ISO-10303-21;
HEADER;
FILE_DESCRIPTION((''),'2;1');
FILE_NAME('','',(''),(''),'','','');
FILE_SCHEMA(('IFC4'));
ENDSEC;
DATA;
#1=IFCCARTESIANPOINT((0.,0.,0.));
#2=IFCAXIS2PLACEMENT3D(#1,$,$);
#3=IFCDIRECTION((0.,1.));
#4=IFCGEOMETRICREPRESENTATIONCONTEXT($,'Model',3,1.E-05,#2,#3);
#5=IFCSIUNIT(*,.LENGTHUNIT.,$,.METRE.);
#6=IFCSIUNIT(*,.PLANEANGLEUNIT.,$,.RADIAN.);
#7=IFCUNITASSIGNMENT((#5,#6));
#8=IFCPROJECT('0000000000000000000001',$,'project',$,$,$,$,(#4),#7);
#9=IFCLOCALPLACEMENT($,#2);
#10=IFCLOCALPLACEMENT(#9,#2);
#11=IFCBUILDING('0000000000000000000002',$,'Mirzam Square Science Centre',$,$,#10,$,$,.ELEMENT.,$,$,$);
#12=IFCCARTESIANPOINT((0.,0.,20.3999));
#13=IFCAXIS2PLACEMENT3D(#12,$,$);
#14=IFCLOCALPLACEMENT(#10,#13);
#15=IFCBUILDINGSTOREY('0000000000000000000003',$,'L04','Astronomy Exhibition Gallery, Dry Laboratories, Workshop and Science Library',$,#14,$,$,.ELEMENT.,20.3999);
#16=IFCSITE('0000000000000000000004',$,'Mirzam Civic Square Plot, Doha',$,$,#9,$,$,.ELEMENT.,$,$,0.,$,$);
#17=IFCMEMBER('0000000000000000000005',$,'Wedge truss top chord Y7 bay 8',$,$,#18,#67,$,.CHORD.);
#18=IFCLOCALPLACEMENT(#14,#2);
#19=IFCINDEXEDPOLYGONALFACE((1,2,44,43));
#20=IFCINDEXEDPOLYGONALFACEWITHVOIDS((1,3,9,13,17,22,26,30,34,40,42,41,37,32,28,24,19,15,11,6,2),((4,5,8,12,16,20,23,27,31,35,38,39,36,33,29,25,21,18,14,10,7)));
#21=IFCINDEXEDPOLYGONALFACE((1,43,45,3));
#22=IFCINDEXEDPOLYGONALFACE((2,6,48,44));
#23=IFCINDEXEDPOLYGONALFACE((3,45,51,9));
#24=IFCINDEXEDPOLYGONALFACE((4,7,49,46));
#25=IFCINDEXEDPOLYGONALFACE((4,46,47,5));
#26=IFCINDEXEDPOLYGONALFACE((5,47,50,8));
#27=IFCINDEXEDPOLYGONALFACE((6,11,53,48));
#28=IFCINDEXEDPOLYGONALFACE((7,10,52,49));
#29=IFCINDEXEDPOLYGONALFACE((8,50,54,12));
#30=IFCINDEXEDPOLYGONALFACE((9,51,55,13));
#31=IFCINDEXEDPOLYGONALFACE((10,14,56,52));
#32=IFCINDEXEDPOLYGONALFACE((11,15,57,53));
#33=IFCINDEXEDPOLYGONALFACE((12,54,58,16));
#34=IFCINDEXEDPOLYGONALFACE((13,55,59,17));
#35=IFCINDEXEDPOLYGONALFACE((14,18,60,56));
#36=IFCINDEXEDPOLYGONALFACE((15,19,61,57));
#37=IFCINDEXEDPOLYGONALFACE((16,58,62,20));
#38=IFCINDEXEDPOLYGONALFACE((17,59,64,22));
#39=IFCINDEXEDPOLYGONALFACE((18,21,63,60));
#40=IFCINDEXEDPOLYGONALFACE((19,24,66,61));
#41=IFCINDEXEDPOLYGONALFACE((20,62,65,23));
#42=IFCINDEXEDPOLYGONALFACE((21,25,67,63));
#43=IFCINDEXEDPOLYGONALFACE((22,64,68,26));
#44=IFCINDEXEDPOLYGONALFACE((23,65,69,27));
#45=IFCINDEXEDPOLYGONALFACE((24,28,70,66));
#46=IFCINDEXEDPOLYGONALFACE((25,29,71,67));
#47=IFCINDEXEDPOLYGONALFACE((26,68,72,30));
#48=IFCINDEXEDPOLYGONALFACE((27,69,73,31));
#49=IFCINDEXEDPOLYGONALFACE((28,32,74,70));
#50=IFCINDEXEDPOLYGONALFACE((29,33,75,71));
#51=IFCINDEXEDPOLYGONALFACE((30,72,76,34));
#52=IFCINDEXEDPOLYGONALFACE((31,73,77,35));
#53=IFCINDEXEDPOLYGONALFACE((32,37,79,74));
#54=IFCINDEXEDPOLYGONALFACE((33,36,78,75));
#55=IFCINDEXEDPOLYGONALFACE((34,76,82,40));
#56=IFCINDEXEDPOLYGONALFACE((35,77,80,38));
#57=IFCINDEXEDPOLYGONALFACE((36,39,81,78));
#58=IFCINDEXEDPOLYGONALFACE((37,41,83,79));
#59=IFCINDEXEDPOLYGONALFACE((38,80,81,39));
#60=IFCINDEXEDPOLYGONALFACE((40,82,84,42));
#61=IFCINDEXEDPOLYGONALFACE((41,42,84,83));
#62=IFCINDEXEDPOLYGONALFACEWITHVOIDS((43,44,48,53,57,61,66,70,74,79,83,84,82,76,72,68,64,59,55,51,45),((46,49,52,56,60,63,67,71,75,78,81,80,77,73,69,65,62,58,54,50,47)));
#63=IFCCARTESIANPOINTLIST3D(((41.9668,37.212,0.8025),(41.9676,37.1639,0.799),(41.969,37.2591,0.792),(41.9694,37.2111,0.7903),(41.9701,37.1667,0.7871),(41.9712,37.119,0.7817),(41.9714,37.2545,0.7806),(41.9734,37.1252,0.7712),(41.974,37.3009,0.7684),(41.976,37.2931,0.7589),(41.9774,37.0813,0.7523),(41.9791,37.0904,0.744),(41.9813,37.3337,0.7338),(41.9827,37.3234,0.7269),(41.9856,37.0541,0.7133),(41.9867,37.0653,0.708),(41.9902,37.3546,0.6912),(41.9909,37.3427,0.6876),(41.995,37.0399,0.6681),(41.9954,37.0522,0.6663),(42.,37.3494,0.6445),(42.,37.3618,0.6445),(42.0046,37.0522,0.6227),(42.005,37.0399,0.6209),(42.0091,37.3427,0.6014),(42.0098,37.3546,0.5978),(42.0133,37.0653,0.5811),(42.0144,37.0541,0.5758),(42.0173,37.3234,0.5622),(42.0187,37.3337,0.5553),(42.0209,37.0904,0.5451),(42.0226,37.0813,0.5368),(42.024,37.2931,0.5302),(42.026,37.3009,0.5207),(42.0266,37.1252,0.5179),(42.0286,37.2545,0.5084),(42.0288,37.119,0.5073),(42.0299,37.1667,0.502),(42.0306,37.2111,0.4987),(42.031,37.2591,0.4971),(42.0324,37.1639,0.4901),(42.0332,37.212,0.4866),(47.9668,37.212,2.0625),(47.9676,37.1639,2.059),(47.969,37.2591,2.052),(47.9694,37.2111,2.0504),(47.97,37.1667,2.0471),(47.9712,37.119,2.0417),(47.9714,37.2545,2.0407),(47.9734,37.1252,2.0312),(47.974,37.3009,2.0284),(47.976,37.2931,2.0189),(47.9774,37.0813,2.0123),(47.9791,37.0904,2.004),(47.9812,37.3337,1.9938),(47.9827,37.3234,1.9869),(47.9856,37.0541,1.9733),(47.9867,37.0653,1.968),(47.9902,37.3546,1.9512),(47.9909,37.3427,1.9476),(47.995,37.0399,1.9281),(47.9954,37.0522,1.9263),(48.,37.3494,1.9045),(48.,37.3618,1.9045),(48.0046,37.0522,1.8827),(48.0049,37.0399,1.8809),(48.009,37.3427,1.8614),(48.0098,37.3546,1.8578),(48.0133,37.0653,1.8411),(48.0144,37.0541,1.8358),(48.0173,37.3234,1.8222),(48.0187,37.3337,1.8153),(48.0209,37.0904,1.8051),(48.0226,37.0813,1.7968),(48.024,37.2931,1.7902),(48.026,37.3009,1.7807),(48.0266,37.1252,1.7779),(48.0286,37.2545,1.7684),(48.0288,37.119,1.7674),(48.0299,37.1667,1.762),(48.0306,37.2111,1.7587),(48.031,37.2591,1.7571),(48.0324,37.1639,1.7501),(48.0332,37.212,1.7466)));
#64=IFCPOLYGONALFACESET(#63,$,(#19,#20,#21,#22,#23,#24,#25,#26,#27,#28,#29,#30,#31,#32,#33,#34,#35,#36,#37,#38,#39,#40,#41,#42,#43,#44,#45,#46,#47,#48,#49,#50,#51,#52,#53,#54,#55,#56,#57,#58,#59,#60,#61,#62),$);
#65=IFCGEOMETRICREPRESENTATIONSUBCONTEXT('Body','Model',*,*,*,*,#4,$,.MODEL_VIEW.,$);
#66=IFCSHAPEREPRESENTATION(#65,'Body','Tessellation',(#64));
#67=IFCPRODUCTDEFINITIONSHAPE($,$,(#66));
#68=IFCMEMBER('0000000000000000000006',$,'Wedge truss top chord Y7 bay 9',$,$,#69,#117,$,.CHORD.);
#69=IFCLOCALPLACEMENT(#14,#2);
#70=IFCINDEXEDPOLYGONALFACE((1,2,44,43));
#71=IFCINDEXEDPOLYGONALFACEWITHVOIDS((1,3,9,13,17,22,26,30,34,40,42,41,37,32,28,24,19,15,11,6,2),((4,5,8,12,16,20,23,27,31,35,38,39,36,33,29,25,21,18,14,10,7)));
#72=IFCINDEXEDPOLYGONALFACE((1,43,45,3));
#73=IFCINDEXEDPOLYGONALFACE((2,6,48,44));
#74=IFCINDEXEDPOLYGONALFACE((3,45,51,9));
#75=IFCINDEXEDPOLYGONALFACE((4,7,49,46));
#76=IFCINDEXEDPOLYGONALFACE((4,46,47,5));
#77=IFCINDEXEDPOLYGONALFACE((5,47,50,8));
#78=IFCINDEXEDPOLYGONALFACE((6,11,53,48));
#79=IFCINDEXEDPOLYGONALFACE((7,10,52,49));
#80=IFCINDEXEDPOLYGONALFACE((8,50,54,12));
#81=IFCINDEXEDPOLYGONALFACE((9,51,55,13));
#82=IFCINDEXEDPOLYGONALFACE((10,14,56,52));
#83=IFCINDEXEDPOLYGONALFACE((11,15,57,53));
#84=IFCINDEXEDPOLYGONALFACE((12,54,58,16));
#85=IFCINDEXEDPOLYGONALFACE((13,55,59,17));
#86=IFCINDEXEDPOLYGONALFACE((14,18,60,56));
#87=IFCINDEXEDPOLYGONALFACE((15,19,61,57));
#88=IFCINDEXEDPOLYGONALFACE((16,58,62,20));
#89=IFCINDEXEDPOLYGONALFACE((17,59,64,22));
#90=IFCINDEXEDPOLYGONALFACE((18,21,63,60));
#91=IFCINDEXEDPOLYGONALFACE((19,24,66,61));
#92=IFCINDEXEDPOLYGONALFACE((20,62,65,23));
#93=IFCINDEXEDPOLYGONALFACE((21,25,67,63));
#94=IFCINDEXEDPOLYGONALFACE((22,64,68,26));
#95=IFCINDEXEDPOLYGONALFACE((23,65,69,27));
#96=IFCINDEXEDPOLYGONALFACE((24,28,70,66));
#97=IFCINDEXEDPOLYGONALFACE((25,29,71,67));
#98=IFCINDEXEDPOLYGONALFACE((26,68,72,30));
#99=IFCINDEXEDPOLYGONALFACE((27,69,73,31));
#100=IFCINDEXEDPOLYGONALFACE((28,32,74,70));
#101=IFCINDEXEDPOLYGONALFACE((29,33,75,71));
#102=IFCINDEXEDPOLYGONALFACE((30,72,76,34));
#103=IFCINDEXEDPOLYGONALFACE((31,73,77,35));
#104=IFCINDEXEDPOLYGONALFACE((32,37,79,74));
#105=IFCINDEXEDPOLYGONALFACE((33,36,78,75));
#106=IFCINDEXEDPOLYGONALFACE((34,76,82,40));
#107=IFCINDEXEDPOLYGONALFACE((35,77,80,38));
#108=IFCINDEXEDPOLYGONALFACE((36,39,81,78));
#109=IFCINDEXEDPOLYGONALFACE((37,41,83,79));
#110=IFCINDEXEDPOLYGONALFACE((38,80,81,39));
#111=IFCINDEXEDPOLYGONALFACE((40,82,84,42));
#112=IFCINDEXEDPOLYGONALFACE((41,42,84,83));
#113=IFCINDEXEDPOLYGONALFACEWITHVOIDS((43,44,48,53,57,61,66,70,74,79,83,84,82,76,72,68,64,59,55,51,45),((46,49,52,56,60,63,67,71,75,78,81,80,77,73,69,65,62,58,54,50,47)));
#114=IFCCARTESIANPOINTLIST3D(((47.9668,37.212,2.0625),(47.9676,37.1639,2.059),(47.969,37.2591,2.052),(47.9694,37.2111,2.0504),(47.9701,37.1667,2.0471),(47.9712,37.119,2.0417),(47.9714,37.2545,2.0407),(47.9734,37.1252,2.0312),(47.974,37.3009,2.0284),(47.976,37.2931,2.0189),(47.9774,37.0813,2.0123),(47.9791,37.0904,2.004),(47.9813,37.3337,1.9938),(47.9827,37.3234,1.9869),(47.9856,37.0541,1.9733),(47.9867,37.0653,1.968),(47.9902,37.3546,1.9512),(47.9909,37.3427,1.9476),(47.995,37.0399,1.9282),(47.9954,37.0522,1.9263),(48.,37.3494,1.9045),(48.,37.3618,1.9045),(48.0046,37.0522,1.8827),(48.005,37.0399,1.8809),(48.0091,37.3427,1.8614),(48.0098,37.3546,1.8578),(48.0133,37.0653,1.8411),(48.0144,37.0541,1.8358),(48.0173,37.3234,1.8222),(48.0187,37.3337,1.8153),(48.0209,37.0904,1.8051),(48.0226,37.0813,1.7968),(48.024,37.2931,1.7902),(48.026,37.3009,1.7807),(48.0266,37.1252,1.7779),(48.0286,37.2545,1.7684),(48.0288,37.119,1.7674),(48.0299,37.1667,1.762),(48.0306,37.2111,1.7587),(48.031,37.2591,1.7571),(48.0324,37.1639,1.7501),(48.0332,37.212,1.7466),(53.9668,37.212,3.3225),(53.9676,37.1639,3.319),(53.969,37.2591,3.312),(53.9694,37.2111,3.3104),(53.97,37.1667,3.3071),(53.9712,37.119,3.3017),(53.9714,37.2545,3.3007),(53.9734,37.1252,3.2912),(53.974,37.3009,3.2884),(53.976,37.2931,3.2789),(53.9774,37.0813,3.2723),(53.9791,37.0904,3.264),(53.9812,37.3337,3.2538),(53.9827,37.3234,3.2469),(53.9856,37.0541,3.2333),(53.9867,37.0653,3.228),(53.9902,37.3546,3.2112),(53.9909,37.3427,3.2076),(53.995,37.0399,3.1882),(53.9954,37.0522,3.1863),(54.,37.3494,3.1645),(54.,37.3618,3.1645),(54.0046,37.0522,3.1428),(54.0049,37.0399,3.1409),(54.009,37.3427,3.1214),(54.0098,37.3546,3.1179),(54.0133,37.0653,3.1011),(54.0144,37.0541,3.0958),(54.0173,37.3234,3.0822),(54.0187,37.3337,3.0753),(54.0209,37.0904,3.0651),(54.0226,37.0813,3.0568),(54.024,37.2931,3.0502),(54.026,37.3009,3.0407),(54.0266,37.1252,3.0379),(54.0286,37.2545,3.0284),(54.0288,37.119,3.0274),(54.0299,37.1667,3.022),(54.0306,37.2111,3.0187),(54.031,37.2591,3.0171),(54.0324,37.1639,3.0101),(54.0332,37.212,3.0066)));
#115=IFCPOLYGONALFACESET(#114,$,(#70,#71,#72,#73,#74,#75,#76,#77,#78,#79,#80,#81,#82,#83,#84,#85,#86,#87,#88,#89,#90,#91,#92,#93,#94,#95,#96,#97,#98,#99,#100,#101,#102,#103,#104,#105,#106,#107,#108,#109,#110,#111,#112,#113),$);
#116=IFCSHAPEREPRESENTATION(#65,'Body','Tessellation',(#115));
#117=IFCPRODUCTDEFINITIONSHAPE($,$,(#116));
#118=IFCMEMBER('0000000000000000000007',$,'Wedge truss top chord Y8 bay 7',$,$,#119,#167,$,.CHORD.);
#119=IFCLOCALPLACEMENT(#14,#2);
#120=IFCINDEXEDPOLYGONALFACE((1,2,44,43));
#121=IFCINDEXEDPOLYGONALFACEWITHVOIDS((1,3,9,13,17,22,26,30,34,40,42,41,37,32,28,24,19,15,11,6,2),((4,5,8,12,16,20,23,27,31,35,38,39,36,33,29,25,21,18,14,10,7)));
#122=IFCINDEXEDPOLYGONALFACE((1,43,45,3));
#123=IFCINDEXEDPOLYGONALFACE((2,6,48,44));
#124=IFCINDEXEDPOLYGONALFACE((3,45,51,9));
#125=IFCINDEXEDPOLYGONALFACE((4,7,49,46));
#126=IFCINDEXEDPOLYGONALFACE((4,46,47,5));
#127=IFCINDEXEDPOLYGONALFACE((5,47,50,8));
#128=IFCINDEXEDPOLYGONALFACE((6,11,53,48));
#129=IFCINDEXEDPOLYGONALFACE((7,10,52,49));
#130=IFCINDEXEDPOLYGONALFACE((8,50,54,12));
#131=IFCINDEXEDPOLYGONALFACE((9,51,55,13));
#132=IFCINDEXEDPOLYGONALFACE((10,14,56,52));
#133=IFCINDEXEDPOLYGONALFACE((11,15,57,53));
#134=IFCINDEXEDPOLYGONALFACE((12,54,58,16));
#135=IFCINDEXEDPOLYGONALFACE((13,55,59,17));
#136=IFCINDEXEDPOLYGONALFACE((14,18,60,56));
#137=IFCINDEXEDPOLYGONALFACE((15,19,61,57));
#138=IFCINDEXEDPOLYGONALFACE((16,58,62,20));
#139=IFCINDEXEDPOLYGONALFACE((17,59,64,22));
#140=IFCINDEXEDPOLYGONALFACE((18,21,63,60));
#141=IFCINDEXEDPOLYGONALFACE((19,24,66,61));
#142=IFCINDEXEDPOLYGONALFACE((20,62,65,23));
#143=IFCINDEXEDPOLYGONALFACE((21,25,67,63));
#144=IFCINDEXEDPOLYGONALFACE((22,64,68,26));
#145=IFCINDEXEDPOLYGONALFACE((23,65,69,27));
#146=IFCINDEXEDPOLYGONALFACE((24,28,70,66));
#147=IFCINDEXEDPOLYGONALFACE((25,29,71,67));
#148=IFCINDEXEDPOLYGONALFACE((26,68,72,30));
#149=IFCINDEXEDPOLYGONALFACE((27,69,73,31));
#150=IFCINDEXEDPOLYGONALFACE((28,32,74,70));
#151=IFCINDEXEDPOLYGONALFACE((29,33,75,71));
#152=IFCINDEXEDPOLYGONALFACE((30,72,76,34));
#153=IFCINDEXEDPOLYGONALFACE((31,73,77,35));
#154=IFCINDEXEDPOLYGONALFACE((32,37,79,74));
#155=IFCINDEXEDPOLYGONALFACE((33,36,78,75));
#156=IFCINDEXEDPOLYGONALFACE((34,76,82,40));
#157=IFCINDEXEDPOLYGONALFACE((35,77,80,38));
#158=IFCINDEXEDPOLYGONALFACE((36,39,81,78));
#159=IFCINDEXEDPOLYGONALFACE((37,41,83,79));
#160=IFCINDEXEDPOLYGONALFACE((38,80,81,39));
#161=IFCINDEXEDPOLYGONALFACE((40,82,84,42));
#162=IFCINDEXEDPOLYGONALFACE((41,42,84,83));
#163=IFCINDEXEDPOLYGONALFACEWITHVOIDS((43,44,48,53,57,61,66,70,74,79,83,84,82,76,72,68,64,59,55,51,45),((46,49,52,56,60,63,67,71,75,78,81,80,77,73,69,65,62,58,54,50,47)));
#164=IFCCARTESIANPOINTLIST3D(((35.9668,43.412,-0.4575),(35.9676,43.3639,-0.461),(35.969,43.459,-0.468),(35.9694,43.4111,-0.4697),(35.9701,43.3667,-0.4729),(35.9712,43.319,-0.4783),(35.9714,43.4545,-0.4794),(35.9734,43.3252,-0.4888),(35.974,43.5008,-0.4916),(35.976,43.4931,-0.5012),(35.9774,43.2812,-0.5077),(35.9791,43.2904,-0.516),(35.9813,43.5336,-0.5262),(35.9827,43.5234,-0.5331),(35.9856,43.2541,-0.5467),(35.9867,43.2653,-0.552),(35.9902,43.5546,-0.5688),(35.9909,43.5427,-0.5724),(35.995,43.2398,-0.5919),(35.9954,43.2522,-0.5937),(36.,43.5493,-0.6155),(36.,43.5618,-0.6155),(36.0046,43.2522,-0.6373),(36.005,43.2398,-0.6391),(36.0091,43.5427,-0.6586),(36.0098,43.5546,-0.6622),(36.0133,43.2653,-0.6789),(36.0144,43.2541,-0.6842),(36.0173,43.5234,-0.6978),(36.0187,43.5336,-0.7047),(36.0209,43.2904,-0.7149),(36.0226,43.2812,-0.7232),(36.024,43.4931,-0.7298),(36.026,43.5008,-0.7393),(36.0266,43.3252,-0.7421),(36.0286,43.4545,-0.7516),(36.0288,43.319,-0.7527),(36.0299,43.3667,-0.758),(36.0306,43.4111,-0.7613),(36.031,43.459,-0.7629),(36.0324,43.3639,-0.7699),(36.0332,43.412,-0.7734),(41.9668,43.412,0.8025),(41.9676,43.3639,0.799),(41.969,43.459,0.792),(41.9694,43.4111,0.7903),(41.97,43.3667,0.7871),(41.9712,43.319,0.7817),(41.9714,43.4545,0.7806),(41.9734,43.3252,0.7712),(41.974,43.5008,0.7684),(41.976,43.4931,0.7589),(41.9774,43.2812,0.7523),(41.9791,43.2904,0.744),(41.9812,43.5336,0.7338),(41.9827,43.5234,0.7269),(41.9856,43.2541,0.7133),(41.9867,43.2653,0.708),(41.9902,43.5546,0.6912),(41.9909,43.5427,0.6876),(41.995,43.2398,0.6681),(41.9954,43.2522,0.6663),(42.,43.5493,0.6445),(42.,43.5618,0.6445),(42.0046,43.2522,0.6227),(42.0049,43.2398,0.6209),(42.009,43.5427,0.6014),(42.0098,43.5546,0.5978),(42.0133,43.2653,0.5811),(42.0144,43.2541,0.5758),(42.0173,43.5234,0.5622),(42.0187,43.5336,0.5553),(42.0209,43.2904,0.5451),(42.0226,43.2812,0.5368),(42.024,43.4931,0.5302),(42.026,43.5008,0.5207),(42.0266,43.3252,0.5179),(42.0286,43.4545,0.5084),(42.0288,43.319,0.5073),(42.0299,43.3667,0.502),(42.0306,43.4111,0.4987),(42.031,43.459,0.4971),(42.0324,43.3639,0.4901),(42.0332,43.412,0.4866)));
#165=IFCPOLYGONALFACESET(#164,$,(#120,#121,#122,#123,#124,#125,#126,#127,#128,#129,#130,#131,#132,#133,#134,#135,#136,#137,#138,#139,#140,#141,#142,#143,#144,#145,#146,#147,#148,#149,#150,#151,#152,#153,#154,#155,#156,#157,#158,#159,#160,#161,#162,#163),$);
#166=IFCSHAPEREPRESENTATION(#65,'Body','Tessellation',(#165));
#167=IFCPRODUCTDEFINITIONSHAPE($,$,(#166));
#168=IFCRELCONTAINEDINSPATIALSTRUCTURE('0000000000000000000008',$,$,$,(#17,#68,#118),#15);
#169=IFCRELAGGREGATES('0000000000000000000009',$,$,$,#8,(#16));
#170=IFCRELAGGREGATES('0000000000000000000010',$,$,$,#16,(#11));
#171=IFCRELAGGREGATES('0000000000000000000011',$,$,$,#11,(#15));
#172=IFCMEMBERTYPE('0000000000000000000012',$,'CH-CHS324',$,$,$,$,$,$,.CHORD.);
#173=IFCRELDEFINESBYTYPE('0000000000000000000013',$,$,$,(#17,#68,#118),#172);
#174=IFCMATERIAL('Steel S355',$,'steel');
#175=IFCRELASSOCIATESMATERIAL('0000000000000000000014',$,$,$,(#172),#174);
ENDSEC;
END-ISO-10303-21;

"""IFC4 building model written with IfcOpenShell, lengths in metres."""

from ifc_helpers import new_model, si_unit, direction, frame, origin, origin_2d, place, context, subcontext, project, spatial, hollow_circle, extrude, material, material_profile, profile_set, type_object, element, save


model = new_model("IFC4")

# Units and contexts
model_context = context("Model", 3, precision=1e-05, world=origin(), true_north=direction((0.0, 1.0)))
body_context = subcontext(model_context, "Body", "Model", "MODEL_VIEW")
ifc_project = project(units=[si_unit("LENGTHUNIT", "METRE"), si_unit("PLANEANGLEUNIT", "RADIAN")], contexts=[model_context])

# Site, building, storey
site_placement = place(None, origin())
site = spatial("IfcSite", under=ifc_project, at=site_placement, Name="Mirzam Civic Square Plot, Doha", CompositionType="ELEMENT", RefElevation=0.0)
building_placement = place(site_placement, origin())
building = spatial("IfcBuilding", under=site, at=building_placement, Name="Mirzam Square Science Centre", CompositionType="ELEMENT")
storey_placement = place(building_placement, frame((0.0, 0.0, 20.3999)))
storey = spatial("IfcBuildingStorey", under=building, at=storey_placement, Name="L04", Description="Astronomy Exhibition Gallery, Dry Laboratories, Workshop and Science Library", CompositionType="ELEMENT", Elevation=20.3999)

# Members
ifc_material_1 = material(Name="Steel S355", Category="steel")
ifc_material_profile_1 = material_profile(ifc_material_1, hollow_circle(Radius=0.1619, WallThickness=0.0125, at=origin_2d()), Name="323.9x12.5CHS")
ifc_profile_set_1 = profile_set([ifc_material_profile_1], Name="Steel S355")
member_type_1 = type_object("IfcMemberType", Name="CH-CHS324", PredefinedType="CHORD", material=ifc_profile_set_1)
for number, where, z_axis, x_axis, name in (
    (1, (42.0, 37.2, 0.6445), (0.978653, 0.0, 0.205519), (0.0, 1.0, 0.0), "Wedge truss top chord Y7 bay 8"),
    (2, (48.0, 37.2, 1.9045), (0.978653, 0.0, 0.205519), (0.0, 1.0, 0.0), "Wedge truss top chord Y7 bay 9"),
    (3, (36.0, 43.3999, -0.6155), (0.978653, 0.0, 0.205519), (0.0, 1.0, 0.0), "Wedge truss top chord Y8 bay 7"),
):
    element("IfcMember", number, at=place(storey_placement, frame(where, z_axis=z_axis, x_axis=x_axis)), inside=storey, type_object=member_type_1, Name=name, PredefinedType="CHORD", context=body_context, shape_type="SweptSolid", body=[
        extrude(hollow_circle(Radius=0.1619, WallThickness=0.0125, at=origin_2d()), origin(), (0.0, 0.0, 1.0), 6.1309),
    ])

save(model, "model.ifc")
